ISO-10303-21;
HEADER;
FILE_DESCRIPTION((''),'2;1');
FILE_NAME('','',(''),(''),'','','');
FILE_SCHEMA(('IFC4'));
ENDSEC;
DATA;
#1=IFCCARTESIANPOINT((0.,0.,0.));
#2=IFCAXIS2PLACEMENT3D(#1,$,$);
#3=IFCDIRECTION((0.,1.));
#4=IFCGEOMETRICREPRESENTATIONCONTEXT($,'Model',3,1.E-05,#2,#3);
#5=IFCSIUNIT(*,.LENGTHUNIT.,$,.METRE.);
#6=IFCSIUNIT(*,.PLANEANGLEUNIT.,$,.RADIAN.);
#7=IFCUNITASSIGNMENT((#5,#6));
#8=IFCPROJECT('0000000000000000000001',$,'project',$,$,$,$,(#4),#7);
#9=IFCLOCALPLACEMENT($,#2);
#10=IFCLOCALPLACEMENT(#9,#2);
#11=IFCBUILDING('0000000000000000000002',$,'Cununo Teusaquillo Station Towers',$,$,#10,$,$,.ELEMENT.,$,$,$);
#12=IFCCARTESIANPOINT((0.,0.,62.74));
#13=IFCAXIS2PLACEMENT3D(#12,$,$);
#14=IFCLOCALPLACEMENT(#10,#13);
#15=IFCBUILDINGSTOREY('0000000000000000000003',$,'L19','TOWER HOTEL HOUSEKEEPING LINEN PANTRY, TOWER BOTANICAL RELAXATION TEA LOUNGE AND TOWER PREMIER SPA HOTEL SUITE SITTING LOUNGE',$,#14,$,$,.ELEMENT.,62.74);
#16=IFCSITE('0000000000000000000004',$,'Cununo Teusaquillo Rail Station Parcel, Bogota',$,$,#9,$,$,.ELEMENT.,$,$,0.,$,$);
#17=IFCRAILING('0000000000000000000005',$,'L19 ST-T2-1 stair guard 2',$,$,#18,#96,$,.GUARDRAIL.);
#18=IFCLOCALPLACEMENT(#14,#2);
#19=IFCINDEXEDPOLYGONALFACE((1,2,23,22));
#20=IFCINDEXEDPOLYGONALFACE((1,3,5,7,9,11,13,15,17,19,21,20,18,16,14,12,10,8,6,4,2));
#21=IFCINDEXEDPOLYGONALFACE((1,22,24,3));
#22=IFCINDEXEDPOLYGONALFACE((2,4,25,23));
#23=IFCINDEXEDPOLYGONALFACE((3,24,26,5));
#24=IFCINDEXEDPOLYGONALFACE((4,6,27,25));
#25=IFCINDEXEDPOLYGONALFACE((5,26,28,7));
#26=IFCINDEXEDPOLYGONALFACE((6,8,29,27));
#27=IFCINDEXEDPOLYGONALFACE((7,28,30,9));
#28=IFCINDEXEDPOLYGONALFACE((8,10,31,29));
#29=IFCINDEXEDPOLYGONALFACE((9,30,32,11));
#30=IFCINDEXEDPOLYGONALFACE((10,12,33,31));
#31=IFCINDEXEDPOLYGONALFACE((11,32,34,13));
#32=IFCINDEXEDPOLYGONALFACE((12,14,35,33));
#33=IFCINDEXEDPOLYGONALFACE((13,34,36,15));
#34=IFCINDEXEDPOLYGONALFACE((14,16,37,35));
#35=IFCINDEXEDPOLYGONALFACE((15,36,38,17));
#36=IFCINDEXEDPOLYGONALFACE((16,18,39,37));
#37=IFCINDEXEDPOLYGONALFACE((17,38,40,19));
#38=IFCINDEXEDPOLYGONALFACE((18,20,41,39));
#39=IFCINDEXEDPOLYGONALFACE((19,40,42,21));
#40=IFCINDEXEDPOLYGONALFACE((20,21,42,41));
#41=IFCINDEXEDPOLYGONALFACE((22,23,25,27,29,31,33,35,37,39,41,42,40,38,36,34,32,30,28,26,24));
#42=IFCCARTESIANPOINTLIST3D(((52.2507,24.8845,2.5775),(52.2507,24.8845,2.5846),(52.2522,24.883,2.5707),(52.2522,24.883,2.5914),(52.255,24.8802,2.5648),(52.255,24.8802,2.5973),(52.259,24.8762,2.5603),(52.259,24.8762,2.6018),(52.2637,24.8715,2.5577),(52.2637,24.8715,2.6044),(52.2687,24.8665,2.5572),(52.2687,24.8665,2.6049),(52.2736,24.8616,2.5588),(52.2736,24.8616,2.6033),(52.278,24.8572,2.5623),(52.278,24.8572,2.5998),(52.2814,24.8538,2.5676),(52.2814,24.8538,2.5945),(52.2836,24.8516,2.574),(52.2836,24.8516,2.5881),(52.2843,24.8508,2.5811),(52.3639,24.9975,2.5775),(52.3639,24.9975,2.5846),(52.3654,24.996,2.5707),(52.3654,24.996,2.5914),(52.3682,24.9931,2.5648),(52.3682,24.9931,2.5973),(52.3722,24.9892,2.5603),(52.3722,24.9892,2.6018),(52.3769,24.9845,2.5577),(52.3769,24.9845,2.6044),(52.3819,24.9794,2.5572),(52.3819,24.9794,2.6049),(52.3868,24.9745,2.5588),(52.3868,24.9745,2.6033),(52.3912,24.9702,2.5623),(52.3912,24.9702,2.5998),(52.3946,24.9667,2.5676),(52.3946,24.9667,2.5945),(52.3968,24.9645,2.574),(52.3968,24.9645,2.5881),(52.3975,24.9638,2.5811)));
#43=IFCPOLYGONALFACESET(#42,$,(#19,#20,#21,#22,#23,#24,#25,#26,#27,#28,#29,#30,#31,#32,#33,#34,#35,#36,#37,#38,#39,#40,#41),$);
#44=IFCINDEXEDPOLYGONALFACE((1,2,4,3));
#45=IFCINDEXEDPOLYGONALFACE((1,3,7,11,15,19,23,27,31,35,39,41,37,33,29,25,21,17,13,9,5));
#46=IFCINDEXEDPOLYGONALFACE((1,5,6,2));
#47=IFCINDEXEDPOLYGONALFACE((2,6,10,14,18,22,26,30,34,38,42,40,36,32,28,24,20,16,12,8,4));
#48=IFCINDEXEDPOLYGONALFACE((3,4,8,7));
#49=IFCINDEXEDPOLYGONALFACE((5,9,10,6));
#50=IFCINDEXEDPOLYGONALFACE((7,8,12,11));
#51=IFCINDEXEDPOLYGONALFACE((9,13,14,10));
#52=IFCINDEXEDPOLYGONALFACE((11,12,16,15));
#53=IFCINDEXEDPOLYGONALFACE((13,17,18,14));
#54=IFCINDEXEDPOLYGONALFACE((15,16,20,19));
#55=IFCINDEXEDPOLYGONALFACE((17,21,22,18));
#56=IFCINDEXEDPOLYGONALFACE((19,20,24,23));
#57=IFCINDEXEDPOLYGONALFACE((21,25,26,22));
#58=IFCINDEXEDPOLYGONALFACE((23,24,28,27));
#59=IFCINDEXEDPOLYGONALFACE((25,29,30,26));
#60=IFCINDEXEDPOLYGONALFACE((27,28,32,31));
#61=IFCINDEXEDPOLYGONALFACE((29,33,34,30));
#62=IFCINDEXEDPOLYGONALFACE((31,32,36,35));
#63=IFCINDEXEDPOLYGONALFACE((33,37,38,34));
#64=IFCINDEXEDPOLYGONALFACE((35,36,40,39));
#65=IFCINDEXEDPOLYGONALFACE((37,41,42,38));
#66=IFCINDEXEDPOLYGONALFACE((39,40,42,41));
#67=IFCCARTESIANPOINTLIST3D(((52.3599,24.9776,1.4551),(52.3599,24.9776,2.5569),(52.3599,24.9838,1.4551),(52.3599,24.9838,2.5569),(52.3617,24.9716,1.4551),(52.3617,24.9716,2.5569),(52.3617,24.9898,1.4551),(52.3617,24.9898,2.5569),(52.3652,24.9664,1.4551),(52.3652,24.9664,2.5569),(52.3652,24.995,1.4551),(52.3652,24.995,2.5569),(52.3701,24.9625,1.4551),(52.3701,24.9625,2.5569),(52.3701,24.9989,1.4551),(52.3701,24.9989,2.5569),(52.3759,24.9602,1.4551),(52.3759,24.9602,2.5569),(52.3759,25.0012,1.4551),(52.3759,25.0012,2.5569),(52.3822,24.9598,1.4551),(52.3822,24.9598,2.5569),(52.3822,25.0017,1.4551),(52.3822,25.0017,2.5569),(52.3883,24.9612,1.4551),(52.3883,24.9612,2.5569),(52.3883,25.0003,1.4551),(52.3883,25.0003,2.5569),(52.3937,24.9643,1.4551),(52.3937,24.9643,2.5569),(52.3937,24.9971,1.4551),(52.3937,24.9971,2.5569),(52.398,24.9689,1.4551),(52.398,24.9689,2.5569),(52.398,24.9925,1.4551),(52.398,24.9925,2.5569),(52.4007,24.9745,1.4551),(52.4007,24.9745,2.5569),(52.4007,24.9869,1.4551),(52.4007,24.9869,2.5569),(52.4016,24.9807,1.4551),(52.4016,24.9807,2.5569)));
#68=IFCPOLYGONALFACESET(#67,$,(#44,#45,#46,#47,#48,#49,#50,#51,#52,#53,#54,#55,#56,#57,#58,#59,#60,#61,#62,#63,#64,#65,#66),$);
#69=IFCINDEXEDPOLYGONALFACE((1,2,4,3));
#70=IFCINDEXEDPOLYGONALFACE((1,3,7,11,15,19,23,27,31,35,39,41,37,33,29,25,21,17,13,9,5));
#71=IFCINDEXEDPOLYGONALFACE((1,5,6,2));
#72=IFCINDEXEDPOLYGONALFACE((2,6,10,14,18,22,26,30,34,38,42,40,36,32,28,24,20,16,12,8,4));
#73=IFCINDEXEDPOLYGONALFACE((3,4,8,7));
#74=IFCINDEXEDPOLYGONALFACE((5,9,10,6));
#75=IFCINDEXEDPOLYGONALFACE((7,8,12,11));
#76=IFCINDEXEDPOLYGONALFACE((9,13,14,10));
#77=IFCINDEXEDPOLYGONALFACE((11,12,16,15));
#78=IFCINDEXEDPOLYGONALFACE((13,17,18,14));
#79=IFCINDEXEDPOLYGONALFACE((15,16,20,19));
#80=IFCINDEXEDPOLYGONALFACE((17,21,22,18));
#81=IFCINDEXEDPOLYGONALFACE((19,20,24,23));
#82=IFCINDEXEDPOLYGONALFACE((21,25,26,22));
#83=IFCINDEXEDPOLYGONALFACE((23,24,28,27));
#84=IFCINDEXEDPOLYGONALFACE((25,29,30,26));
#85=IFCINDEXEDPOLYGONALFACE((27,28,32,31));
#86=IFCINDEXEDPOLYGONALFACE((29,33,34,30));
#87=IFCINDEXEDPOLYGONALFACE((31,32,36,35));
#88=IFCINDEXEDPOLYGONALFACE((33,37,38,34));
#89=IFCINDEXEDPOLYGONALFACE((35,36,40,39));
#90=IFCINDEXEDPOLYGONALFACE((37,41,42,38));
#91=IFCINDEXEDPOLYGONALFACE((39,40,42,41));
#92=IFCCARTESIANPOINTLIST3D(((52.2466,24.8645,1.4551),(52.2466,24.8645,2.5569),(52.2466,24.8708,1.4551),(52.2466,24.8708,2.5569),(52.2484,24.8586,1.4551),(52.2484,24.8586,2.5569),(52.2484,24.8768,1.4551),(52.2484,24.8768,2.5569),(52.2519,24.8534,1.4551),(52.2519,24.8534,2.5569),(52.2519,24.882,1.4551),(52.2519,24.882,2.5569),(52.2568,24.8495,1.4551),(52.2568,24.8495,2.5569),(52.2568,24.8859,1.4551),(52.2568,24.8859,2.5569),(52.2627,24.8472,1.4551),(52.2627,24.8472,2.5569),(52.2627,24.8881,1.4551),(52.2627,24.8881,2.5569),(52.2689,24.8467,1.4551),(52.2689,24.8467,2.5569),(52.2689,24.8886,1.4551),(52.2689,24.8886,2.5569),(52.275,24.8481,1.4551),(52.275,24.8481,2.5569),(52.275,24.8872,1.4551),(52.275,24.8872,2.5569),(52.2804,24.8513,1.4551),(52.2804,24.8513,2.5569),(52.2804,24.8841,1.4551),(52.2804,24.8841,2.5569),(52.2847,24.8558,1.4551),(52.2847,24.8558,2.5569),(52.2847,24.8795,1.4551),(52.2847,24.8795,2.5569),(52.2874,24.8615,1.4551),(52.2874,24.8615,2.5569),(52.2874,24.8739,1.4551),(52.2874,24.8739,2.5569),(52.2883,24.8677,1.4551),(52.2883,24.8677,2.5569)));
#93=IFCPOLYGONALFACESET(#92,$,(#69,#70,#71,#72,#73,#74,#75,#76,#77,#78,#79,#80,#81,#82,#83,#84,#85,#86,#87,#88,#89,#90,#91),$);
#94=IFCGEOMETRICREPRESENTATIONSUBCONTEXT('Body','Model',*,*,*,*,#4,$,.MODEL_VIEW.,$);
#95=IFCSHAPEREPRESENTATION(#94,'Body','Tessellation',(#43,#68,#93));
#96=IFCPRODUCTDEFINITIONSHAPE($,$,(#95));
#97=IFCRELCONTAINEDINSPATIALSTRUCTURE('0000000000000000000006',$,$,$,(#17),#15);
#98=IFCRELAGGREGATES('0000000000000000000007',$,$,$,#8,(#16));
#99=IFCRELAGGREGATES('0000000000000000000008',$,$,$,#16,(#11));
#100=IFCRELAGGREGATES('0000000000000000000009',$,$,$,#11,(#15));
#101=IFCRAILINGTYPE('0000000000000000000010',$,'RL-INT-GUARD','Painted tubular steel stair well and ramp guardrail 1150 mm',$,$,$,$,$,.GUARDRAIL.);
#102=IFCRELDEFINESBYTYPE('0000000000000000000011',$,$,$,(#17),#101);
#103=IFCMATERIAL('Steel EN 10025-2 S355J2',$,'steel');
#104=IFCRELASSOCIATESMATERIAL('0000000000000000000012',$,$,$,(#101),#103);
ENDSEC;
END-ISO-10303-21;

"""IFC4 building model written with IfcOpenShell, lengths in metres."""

from ifc_helpers import new_model, si_unit, direction, frame, origin, origin_2d, place, context, subcontext, project, spatial, circle, extrude, material, type_object, element, save


model = new_model("IFC4")

# Units and contexts
model_context = context("Model", 3, precision=1e-05, world=origin(), true_north=direction((0.0, 1.0)))
body_context = subcontext(model_context, "Body", "Model", "MODEL_VIEW")
ifc_project = project(units=[si_unit("LENGTHUNIT", "METRE"), si_unit("PLANEANGLEUNIT", "RADIAN")], contexts=[model_context])

# Site, building, storey
site_placement = place(None, origin())
site = spatial("IfcSite", under=ifc_project, at=site_placement, Name="Cununo Teusaquillo Rail Station Parcel, Bogota", CompositionType="ELEMENT", RefElevation=0.0)
building_placement = place(site_placement, origin())
building = spatial("IfcBuilding", under=site, at=building_placement, Name="Cununo Teusaquillo Station Towers", CompositionType="ELEMENT")
storey_placement = place(building_placement, frame((0.0, 0.0, 62.74)))
storey = spatial("IfcBuildingStorey", under=building, at=storey_placement, Name="L19", Description="TOWER HOTEL HOUSEKEEPING LINEN PANTRY, TOWER BOTANICAL RELAXATION TEA LOUNGE AND TOWER PREMIER SPA HOTEL SUITE SITTING LOUNGE", CompositionType="ELEMENT", Elevation=62.74)

# Railing
ifc_material_1 = material(Name="Steel EN 10025-2 S355J2", Category="steel")
railing_type_1 = type_object("IfcRailingType", Name="RL-INT-GUARD", Description="Painted tubular steel stair well and ramp guardrail 1150 mm", PredefinedType="GUARDRAIL", material=ifc_material_1)
railing_1_placement = place(storey_placement, frame((52.3806, 24.9807, 1.4551)))
element("IfcRailing", 1, at=railing_1_placement, inside=storey, type_object=railing_type_1, Name="L19 ST-T2-1 stair guard 2", PredefinedType="GUARDRAIL", context=body_context, shape_type="SweptSolid", body=[
    extrude(circle(Radius=0.0239, at=origin_2d()), frame((0.0, 0.0, 1.126), z_axis=(-0.707869, -0.706344, 0.0), x_axis=(0.706344, -0.707869, 0.0)), (0.0, 0.0, 1.0), 0.1599),
    extrude(circle(Radius=0.021, at=origin_2d()), origin(), (0.0, 0.0, 1.0), 1.1018),
    extrude(circle(Radius=0.021, at=origin_2d()), frame((-0.1133, -0.113, 0.0)), (0.0, 0.0, 1.0), 1.1018),
])

save(model, "model.ifc")
